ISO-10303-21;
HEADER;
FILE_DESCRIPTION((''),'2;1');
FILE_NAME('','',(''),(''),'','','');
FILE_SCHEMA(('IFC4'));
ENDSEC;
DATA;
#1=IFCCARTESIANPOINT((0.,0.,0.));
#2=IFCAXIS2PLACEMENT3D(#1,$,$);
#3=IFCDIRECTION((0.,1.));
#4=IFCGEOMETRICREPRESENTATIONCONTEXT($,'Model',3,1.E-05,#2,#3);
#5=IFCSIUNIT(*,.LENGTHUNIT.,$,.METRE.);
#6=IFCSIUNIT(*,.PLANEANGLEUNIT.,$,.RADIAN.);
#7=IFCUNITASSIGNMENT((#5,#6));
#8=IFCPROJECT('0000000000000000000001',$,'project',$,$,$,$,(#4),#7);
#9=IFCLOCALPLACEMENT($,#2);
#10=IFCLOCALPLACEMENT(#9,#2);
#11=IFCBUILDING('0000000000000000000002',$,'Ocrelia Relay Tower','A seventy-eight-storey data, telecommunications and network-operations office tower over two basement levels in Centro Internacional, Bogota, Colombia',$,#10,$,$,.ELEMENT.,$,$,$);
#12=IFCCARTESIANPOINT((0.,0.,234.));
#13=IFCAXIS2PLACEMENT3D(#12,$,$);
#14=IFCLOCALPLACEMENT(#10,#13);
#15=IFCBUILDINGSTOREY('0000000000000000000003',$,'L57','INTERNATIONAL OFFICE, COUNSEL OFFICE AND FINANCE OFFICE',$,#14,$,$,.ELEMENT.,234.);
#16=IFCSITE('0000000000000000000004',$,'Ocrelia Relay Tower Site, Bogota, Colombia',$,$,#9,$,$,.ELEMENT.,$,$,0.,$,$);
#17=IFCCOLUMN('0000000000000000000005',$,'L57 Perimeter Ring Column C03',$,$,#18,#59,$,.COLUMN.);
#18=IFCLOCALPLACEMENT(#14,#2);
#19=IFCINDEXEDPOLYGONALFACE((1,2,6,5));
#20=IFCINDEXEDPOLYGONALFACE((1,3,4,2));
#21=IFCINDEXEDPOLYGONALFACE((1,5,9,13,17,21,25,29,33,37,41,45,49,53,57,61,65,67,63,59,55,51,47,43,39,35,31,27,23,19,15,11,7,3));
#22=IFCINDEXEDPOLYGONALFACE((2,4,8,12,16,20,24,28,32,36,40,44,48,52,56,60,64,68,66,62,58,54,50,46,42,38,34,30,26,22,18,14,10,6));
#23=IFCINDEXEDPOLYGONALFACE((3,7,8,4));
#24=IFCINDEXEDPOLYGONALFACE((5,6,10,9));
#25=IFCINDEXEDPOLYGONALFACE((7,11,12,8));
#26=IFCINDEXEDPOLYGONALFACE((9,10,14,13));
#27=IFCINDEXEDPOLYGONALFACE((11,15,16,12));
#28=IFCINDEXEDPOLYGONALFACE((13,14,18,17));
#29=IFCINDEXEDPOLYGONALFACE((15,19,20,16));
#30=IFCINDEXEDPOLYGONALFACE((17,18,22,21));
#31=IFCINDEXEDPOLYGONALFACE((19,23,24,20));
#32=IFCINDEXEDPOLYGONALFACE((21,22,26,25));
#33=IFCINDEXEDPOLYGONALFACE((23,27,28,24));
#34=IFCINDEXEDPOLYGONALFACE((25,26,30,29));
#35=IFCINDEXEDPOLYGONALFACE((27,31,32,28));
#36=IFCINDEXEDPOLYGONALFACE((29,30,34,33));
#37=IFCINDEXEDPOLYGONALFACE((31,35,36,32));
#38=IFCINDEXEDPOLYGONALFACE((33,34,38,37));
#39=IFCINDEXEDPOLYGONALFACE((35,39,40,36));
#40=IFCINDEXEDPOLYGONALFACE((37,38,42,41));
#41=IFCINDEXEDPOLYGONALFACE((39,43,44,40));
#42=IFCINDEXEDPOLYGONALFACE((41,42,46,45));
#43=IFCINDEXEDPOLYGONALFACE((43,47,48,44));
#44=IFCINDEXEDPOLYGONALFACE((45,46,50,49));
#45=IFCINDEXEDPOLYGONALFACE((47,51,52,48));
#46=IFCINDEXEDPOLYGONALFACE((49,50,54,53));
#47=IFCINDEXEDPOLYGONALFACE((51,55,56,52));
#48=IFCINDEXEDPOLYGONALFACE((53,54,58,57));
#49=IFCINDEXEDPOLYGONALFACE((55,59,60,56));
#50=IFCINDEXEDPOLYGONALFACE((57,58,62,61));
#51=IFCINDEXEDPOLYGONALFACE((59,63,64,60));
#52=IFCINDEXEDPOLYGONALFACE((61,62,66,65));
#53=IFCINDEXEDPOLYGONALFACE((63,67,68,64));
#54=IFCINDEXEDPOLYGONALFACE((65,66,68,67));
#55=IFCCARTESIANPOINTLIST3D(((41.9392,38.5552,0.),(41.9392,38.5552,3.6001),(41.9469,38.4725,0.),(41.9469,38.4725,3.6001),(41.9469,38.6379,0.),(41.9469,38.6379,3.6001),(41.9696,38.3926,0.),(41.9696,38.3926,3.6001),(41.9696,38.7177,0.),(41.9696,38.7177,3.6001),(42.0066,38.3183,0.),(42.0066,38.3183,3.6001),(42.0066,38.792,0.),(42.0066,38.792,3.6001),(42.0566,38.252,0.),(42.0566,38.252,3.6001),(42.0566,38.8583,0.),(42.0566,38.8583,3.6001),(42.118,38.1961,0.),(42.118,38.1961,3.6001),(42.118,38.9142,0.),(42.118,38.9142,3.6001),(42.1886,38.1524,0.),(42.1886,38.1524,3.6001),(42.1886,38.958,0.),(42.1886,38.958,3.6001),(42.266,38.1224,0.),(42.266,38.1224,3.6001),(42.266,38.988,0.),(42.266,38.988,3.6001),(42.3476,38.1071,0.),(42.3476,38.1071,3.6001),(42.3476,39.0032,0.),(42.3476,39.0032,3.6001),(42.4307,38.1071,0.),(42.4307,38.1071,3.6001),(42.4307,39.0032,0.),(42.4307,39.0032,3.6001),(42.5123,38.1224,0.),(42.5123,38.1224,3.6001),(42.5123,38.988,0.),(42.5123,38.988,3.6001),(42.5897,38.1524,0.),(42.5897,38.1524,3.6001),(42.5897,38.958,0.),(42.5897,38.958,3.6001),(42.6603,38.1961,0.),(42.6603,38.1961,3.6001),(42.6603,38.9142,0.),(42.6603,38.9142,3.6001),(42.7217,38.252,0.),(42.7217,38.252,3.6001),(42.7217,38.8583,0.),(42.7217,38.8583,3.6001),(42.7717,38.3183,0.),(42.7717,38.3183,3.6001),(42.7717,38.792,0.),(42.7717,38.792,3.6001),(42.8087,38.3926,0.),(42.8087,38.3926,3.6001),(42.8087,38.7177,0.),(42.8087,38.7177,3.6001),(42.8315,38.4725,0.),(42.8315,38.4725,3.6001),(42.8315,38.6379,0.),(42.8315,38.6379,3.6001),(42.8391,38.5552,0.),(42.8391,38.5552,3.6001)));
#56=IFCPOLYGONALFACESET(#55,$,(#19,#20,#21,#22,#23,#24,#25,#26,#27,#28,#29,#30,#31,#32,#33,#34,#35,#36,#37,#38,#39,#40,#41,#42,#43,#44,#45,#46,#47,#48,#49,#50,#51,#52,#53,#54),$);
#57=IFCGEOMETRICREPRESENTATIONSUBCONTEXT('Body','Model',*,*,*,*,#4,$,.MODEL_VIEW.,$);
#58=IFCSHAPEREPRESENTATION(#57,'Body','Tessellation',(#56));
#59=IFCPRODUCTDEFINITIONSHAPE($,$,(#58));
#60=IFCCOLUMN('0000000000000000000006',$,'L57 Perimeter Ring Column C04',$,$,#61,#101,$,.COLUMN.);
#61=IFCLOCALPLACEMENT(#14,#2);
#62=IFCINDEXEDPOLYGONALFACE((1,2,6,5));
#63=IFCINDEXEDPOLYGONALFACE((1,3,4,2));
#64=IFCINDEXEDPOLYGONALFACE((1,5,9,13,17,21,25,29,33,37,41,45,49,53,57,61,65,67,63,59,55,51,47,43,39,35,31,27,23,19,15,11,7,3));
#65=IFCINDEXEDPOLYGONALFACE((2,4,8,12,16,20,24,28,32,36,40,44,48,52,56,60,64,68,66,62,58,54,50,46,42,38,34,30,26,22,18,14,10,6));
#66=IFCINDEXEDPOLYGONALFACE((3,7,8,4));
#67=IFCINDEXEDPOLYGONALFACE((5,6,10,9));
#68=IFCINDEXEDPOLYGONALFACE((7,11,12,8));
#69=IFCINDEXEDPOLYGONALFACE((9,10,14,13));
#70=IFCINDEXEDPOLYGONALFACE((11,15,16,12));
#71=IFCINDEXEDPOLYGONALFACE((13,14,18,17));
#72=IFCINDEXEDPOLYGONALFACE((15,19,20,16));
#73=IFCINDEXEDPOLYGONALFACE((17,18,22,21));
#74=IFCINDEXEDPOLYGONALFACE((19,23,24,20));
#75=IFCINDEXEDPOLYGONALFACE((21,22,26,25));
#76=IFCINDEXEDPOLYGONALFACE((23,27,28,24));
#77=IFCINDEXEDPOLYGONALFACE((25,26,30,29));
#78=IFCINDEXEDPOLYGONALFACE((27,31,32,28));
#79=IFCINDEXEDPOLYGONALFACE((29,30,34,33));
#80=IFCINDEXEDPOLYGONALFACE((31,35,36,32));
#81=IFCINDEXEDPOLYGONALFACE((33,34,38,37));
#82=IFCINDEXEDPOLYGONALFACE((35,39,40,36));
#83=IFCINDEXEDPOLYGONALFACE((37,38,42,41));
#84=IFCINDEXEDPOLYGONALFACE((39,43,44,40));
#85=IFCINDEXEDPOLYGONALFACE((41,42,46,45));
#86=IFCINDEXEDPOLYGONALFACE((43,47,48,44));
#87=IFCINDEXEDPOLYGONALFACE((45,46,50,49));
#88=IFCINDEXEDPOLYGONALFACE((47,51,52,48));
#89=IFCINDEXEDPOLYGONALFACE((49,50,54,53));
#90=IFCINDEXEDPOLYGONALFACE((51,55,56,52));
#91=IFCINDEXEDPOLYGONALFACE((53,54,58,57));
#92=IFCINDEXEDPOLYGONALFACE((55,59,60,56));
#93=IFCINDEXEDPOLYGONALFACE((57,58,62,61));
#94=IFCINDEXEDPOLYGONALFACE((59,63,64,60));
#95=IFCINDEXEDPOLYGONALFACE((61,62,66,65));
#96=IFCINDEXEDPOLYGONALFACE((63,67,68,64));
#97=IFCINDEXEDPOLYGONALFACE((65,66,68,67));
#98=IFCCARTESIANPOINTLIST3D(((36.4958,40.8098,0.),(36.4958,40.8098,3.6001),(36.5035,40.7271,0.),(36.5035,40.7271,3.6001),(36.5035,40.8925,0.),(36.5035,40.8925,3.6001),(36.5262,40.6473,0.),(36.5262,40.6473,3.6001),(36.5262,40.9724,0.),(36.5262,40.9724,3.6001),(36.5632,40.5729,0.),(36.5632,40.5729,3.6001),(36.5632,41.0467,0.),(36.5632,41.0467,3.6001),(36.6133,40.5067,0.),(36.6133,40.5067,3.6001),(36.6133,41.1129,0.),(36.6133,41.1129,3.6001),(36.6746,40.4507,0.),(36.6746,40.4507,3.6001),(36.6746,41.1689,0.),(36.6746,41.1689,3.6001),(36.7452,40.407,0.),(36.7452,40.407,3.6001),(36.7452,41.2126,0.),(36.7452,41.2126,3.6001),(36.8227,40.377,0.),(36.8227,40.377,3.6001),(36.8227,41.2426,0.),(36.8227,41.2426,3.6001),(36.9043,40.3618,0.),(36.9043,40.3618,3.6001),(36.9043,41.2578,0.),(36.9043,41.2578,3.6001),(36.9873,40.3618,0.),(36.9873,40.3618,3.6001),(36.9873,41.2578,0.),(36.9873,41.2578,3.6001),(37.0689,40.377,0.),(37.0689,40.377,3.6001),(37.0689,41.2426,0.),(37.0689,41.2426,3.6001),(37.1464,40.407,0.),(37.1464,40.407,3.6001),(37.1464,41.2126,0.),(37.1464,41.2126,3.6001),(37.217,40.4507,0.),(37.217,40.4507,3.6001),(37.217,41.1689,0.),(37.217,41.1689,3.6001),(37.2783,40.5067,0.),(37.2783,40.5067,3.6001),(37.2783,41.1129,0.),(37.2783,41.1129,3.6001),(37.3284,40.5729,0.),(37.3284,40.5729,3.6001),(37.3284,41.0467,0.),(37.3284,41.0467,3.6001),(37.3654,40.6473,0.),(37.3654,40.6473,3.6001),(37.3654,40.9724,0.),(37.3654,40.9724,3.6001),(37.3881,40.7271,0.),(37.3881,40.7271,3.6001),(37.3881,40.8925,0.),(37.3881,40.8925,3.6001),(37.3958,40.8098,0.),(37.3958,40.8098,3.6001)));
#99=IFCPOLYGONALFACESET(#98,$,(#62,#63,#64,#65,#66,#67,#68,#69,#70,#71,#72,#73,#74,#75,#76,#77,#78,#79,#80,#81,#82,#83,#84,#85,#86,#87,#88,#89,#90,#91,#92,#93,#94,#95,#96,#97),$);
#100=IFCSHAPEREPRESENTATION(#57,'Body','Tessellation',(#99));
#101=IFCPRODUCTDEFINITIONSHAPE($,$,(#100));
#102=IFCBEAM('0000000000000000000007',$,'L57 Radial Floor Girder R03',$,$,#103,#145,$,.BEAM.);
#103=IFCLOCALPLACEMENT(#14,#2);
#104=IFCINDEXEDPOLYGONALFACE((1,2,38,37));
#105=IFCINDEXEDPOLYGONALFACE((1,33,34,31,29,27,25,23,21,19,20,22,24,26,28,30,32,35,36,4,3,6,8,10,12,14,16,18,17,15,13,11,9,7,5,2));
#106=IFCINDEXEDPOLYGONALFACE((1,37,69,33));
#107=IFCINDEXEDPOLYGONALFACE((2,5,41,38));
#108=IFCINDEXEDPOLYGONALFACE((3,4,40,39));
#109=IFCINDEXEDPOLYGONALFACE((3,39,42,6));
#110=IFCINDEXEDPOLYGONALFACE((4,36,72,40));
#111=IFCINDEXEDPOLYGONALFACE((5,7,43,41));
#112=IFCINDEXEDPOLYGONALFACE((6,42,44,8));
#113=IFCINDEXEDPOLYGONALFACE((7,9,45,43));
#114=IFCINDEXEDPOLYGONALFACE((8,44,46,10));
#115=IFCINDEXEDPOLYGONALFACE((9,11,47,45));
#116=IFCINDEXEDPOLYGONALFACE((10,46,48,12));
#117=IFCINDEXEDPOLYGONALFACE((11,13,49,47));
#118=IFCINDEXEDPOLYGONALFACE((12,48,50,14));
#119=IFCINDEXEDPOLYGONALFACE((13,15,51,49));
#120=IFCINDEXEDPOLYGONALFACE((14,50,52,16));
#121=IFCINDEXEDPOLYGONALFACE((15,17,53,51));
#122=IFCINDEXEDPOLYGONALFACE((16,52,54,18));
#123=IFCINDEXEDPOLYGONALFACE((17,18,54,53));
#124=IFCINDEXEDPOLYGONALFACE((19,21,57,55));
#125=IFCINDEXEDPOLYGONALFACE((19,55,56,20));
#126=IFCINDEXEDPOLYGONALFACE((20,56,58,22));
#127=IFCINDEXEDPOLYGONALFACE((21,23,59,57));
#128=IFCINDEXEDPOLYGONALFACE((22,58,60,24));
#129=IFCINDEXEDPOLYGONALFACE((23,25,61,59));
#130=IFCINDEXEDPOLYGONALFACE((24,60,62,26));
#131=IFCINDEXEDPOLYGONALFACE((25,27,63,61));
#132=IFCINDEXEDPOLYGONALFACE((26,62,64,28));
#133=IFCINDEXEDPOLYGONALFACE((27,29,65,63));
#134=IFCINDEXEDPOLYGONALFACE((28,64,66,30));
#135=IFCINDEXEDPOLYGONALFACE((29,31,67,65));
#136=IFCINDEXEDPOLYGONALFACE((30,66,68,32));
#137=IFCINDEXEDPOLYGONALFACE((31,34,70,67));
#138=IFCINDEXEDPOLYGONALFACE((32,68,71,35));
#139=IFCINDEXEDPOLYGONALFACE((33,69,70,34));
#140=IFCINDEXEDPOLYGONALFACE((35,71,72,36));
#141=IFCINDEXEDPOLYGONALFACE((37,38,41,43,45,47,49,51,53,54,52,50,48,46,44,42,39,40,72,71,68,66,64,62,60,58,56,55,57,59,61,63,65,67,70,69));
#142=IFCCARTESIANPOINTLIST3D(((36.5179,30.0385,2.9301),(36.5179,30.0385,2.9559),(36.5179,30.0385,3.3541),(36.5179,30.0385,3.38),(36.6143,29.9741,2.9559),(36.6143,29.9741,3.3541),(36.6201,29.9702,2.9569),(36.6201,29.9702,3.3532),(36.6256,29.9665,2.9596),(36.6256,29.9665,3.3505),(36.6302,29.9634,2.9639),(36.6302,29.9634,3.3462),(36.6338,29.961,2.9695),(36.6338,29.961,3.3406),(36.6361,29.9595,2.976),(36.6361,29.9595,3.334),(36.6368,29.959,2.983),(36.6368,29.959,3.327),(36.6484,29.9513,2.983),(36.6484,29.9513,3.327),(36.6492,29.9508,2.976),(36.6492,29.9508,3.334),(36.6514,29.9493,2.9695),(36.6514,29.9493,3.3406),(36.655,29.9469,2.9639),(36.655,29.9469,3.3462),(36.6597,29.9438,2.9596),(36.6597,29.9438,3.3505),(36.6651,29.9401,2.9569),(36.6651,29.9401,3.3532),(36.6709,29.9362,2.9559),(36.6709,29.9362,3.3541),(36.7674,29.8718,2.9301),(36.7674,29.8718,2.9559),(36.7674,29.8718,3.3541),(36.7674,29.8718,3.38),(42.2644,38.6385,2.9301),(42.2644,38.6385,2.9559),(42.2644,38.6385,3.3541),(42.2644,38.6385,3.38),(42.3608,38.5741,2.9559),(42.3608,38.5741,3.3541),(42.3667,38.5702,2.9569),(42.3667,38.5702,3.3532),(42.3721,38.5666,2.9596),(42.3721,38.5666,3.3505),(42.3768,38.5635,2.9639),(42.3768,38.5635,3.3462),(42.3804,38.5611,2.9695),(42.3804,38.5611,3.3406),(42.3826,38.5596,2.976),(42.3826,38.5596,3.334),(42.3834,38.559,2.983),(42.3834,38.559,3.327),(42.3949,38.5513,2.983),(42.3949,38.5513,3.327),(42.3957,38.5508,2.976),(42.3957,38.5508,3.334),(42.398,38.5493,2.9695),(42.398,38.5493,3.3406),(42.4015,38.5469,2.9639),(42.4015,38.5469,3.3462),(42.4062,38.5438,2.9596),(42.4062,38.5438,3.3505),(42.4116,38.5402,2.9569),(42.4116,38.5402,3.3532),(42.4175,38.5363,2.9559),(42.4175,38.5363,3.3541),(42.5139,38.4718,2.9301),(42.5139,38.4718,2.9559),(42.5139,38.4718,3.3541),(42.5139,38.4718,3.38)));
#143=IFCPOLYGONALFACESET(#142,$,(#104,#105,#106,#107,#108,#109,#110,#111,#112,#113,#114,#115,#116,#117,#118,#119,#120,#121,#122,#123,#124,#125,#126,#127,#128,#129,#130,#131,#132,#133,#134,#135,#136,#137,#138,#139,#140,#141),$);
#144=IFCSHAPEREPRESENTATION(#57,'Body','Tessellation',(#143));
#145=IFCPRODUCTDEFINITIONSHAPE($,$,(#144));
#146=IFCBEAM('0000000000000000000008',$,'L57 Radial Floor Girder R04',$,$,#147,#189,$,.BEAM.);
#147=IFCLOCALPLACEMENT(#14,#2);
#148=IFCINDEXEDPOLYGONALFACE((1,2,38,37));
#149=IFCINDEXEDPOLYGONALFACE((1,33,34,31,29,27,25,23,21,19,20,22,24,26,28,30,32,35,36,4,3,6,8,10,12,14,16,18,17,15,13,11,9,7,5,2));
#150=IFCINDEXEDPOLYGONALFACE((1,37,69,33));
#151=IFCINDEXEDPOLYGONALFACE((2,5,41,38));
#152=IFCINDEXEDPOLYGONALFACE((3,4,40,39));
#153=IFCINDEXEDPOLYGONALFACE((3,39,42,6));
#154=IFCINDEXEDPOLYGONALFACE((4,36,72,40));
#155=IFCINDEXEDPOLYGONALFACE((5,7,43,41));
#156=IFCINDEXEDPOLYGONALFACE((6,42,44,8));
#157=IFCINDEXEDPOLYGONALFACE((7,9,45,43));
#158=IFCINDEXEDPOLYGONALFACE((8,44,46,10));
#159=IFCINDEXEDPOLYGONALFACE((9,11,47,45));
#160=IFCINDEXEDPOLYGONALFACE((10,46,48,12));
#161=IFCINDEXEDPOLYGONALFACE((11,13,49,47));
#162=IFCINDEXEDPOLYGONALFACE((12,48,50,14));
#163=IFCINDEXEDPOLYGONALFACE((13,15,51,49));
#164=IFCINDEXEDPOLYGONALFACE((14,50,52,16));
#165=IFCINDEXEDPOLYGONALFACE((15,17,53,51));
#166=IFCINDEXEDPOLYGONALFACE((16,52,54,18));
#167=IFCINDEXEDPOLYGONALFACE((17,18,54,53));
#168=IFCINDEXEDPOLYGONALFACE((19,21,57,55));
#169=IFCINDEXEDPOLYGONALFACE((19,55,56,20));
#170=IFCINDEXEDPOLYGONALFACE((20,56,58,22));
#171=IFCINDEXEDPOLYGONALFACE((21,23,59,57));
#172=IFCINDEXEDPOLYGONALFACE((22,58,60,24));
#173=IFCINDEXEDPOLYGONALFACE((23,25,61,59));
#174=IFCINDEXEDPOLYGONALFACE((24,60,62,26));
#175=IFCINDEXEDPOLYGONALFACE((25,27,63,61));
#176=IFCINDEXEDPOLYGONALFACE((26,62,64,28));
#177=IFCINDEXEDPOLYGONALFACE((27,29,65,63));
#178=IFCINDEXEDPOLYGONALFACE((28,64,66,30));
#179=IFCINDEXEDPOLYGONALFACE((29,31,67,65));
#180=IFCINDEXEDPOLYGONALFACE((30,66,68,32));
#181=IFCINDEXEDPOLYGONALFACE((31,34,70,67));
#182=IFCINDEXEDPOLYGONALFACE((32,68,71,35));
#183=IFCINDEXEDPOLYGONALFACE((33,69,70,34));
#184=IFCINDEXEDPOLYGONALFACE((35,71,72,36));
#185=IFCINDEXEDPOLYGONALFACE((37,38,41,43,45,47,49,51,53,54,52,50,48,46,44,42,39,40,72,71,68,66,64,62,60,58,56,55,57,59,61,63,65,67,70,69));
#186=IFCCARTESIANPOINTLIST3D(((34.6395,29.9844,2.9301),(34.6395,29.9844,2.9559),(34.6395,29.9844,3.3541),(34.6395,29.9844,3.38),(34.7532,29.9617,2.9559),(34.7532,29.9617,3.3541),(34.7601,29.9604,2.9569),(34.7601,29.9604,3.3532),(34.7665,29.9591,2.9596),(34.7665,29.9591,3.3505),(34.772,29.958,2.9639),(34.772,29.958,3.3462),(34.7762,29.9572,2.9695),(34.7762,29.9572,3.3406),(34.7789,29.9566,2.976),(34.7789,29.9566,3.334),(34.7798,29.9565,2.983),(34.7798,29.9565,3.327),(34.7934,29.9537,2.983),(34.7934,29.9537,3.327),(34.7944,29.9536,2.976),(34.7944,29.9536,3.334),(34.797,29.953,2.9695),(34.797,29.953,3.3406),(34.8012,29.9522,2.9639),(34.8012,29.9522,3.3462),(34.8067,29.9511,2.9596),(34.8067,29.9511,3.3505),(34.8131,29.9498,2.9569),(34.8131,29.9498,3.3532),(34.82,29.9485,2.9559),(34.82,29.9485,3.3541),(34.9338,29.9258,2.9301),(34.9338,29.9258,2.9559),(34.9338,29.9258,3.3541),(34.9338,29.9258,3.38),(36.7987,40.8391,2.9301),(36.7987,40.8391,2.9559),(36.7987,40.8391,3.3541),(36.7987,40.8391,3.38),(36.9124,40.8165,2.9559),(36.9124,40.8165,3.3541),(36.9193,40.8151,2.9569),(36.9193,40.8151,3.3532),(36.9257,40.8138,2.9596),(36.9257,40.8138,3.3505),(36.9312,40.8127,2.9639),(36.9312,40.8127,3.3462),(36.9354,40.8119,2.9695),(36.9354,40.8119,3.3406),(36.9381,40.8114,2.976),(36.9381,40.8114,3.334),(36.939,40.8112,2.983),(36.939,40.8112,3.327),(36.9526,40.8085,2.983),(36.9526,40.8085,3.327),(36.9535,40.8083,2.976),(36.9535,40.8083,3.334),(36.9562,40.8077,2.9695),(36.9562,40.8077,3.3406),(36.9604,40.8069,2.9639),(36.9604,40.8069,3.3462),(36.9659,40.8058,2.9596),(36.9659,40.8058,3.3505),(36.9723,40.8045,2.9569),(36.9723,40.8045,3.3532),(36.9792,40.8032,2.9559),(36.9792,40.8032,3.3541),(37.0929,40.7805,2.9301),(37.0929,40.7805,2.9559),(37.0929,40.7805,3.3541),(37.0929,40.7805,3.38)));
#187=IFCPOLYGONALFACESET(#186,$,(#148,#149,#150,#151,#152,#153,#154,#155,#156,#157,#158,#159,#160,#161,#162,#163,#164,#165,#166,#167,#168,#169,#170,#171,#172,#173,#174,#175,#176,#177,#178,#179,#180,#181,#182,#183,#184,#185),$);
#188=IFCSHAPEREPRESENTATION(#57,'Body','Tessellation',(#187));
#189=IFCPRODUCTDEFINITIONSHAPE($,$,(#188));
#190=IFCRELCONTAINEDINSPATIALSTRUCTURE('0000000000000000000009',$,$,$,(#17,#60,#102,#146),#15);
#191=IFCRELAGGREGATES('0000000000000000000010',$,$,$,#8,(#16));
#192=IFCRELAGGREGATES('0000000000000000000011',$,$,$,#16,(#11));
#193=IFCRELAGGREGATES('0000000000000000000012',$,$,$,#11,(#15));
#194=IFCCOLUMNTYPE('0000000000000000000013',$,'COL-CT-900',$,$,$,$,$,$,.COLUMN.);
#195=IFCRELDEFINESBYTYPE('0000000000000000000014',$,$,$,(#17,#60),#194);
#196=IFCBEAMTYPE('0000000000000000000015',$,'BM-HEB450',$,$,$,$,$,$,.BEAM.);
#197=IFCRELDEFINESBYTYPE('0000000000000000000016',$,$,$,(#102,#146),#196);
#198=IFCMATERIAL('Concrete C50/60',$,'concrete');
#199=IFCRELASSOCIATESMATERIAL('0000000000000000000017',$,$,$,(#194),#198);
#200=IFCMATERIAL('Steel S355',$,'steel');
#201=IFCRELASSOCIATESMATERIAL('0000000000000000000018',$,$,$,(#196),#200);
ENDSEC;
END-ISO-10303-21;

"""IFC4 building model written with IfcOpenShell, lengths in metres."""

from ifc_helpers import new_model, si_unit, direction, frame, origin, origin_2d, place, context, subcontext, project, spatial, circle, i_section, extrude, material, material_profile, profile_set, type_object, element, save


model = new_model("IFC4")

# Units and contexts
model_context = context("Model", 3, precision=1e-05, world=origin(), true_north=direction((0.0, 1.0)))
body_context = subcontext(model_context, "Body", "Model", "MODEL_VIEW")
ifc_project = project(units=[si_unit("LENGTHUNIT", "METRE"), si_unit("PLANEANGLEUNIT", "RADIAN")], contexts=[model_context])

# Site, building, storey
site_placement = place(None, origin())
site = spatial("IfcSite", under=ifc_project, at=site_placement, Name="Ocrelia Relay Tower Site, Bogota, Colombia", CompositionType="ELEMENT", RefElevation=0.0)
building_placement = place(site_placement, origin())
building = spatial("IfcBuilding", under=site, at=building_placement, Name="Ocrelia Relay Tower", Description="A seventy-eight-storey data, telecommunications and network-operations office tower over two basement levels in Centro Internacional, Bogota, Colombia", CompositionType="ELEMENT")
storey_placement = place(building_placement, frame((0.0, 0.0, 234.0)))
storey = spatial("IfcBuildingStorey", under=building, at=storey_placement, Name="L57", Description="INTERNATIONAL OFFICE, COUNSEL OFFICE AND FINANCE OFFICE", CompositionType="ELEMENT", Elevation=234.0)

# Columns
ifc_material_1 = material(Name="Concrete C50/60", Category="concrete")
ifc_material_profile_1 = material_profile(ifc_material_1, circle(Radius=0.45, at=origin_2d()), Name="RC-CIR-900")
ifc_profile_set_1 = profile_set([ifc_material_profile_1], Name="Concrete C50/60")
column_type = type_object("IfcColumnType", Name="COL-CT-900", PredefinedType="COLUMN", material=ifc_profile_set_1)
for number, where, z_axis, x_axis, name in (
    (1, (42.3892, 38.5552, 0.0), (0.0, 0.0, 1.0), (1.0, 0.0, 0.0), "L57 Perimeter Ring Column C03"),
    (2, (36.9458, 40.8098, 0.0), (0.0, 0.0, 1.0), (1.0, 0.0, 0.0), "L57 Perimeter Ring Column C04"),
):
    element("IfcColumn", number, at=place(storey_placement, frame(where, z_axis=z_axis, x_axis=x_axis)), inside=storey, type_object=column_type, Name=name, PredefinedType="COLUMN", context=body_context, shape_type="SweptSolid", body=[
        extrude(circle(Radius=0.45, at=origin_2d()), origin(), (0.0, 0.0, 1.0), 3.6001),
    ])

# Beams
ifc_material_2 = material(Name="Steel S355", Category="steel")
ifc_material_profile_2 = material_profile(ifc_material_2, i_section(OverallWidth=0.3, OverallDepth=0.45, WebThickness=0.0139, FlangeThickness=0.0259, FilletRadius=0.0271, at=origin_2d()), Name="HEB 450")
ifc_profile_set_2 = profile_set([ifc_material_profile_2], Name="Steel S355")
beam_type_1 = type_object("IfcBeamType", Name="BM-HEB450", PredefinedType="BEAM", material=ifc_profile_set_2)
beam_1_placement = place(storey_placement, frame((42.3892, 38.5552, 3.155), z_axis=(-0.555582, -0.831462, 0.0), x_axis=(0.831462, -0.555582, 0.0)))
element("IfcBeam", 3, at=beam_1_placement, inside=storey, type_object=beam_type_1, Name="L57 Radial Floor Girder R03", PredefinedType="BEAM", context=body_context, shape_type="SweptSolid", body=[
    extrude(i_section(OverallWidth=0.3, OverallDepth=0.45, WebThickness=0.0139, FlangeThickness=0.0259, FilletRadius=0.0271, at=origin_2d()), origin(), (0.0, 0.0, 1.0), 10.3433),
])
beam_2_placement = place(storey_placement, frame((36.9458, 40.8098, 3.155), z_axis=(-0.195094, -0.980785, 0.0), x_axis=(0.980785, -0.195094, 0.0)))
element("IfcBeam", 4, at=beam_2_placement, inside=storey, type_object=beam_type_1, Name="L57 Radial Floor Girder R04", PredefinedType="BEAM", context=body_context, shape_type="SweptSolid", body=[
    extrude(i_section(OverallWidth=0.3, OverallDepth=0.45, WebThickness=0.0139, FlangeThickness=0.0259, FilletRadius=0.0271, at=origin_2d()), origin(), (0.0, 0.0, 1.0), 11.0674),
])

save(model, "model.ifc")
